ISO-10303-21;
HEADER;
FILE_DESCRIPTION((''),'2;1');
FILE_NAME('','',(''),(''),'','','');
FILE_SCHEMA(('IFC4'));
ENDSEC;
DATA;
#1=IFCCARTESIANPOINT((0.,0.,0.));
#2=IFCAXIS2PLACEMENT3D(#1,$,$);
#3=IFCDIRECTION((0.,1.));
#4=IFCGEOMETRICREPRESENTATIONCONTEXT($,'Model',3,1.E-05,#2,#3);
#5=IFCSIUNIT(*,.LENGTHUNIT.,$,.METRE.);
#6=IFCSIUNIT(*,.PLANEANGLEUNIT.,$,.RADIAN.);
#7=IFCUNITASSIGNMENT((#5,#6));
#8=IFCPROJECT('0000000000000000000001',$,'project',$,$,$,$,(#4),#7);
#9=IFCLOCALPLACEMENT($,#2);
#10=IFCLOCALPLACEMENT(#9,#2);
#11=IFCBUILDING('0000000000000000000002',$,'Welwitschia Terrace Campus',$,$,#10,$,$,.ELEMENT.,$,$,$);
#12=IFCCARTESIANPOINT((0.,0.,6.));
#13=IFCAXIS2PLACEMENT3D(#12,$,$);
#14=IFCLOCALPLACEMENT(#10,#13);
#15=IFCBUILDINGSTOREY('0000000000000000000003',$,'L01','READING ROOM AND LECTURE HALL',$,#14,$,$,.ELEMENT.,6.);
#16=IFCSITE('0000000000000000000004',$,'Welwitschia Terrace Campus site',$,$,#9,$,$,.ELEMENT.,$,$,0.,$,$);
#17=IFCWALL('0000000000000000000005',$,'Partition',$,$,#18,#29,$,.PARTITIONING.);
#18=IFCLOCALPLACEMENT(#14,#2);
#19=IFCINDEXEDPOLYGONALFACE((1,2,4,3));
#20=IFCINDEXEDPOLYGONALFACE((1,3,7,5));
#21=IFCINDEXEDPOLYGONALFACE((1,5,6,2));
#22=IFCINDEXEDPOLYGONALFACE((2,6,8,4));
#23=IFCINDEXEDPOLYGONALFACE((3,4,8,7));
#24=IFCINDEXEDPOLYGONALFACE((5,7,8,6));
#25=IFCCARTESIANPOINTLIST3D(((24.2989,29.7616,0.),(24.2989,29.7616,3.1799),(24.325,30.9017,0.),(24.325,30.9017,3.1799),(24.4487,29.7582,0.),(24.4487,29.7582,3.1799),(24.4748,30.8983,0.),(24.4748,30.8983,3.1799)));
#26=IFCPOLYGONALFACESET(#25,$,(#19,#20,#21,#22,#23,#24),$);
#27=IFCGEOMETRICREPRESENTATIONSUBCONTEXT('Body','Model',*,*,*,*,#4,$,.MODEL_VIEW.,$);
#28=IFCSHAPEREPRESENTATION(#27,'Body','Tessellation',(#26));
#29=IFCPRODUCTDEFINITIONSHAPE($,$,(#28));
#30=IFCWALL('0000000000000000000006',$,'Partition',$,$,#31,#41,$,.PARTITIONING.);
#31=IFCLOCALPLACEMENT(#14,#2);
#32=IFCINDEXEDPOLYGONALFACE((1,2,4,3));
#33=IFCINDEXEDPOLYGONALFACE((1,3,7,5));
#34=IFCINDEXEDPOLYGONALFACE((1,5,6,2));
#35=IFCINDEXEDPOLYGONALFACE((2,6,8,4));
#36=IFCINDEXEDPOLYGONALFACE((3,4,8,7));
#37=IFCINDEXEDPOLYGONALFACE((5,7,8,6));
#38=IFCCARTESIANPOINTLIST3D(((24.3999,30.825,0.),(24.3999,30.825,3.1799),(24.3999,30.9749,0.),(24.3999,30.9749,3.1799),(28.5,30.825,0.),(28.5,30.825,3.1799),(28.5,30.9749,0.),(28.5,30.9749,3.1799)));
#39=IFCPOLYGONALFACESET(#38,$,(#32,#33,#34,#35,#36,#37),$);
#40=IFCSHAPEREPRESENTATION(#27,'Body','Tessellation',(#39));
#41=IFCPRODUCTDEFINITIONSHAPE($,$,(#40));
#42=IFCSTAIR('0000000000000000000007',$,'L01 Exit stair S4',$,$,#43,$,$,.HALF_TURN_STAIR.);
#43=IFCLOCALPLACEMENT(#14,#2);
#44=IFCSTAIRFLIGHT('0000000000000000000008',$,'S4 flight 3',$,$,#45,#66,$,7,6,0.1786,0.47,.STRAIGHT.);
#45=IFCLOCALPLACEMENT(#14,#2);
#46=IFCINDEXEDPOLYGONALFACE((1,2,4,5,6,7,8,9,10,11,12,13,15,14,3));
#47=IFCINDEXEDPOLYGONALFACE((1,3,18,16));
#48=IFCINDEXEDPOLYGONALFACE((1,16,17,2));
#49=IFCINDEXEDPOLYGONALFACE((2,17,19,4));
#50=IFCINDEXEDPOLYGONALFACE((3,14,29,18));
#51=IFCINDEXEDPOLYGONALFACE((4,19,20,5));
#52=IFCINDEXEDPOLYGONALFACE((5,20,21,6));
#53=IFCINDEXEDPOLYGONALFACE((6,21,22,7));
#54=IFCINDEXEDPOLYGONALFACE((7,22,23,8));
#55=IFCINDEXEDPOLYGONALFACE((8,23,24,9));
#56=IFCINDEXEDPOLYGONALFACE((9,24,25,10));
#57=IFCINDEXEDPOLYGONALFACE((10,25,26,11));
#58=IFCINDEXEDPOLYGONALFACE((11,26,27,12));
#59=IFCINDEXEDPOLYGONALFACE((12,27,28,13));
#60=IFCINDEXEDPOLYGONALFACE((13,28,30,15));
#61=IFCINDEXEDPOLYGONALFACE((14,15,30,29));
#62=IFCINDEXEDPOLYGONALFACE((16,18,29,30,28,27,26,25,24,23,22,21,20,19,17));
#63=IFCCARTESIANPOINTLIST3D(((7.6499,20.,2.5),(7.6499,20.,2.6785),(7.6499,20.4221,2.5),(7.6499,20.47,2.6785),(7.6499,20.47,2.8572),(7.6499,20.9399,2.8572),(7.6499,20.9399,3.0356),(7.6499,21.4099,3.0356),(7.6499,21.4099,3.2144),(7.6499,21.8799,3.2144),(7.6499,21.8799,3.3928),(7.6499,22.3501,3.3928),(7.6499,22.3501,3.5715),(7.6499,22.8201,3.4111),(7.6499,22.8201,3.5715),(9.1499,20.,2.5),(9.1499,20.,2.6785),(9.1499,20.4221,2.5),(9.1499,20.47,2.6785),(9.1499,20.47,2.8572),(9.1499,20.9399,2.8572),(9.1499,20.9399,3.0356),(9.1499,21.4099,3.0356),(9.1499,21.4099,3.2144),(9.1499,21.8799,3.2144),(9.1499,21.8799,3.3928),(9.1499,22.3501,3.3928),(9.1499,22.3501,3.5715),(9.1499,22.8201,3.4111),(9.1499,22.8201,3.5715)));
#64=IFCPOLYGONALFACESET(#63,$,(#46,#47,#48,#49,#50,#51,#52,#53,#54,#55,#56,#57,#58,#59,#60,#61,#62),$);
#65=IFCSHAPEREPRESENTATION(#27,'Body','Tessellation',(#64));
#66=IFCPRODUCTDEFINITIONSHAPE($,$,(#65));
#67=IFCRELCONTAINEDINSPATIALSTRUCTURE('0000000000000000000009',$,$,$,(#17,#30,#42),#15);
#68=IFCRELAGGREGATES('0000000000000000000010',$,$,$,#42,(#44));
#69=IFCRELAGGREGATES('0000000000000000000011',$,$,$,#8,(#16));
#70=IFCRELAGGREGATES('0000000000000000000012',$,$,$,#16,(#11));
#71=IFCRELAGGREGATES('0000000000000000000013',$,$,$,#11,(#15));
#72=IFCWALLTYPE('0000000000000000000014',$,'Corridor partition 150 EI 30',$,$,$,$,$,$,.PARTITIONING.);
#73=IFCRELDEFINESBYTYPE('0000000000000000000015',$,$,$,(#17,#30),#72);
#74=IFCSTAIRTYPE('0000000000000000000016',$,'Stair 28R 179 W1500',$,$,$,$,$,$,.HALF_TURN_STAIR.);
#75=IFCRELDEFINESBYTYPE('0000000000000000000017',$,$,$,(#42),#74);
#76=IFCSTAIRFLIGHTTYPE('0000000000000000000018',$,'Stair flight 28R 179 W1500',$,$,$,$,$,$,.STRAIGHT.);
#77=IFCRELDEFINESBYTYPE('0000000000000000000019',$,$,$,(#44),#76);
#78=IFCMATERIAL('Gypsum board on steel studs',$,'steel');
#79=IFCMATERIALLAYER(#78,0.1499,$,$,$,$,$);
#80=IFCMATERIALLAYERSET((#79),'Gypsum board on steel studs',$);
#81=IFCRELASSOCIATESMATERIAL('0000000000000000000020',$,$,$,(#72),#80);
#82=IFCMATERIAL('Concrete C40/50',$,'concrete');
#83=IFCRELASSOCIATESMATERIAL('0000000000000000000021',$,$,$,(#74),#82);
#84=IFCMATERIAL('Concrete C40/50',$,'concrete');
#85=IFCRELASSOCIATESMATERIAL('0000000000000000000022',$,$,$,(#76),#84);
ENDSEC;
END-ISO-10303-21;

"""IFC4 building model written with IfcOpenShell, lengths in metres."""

from ifc_helpers import new_model, si_unit, direction, frame, frame_2d, origin, place, context, subcontext, project, spatial, polyline, rectangle, outline, extrude, material, layer, layer_set, type_object, element, aggregate, save


model = new_model("IFC4")

# Units and contexts
model_context = context("Model", 3, precision=1e-05, world=origin(), true_north=direction((0.0, 1.0)))
body_context = subcontext(model_context, "Body", "Model", "MODEL_VIEW")
ifc_project = project(units=[si_unit("LENGTHUNIT", "METRE"), si_unit("PLANEANGLEUNIT", "RADIAN")], contexts=[model_context])

# Site, building, storey
site_placement = place(None, origin())
site = spatial("IfcSite", under=ifc_project, at=site_placement, Name="Welwitschia Terrace Campus site", CompositionType="ELEMENT", RefElevation=0.0)
building_placement = place(site_placement, origin())
building = spatial("IfcBuilding", under=site, at=building_placement, Name="Welwitschia Terrace Campus", CompositionType="ELEMENT")
storey_placement = place(building_placement, frame((0.0, 0.0, 6.0)))
storey = spatial("IfcBuildingStorey", under=building, at=storey_placement, Name="L01", Description="READING ROOM AND LECTURE HALL", CompositionType="ELEMENT", Elevation=6.0)

# Walls
ifc_material_1 = material(Name="Gypsum board on steel studs", Category="steel")
ifc_layer_1 = layer(ifc_material_1, 0.1499)
ifc_layer_set_1 = layer_set([ifc_layer_1], Name="Gypsum board on steel studs")
wall_type_1 = type_object("IfcWallType", Name="Corridor partition 150 EI 30", PredefinedType="PARTITIONING", material=ifc_layer_set_1)
wall_1_placement = place(storey_placement, frame((24.3738, 29.7598, 0.0), z_axis=(0.0, 0.0, 1.0), x_axis=(0.022906, 0.999738, 0.0)))
element("IfcWall", 1, at=wall_1_placement, inside=storey, type_object=wall_type_1, Name="Partition", PredefinedType="PARTITIONING", context=body_context, shape_type="SweptSolid", body=[
    extrude(rectangle(XDim=1.1404, YDim=0.1499, at=frame_2d((0.5703, 0.0))), origin(), (0.0, 0.0, 1.0), 3.1799),
])
wall_2_placement = place(storey_placement, frame((24.3999, 30.8999, 0.0), z_axis=(0.0, 0.0, 1.0), x_axis=(1.0, 0.0, 0.0)))
element("IfcWall", 2, at=wall_2_placement, inside=storey, type_object=wall_type_1, Name="Partition", PredefinedType="PARTITIONING", context=body_context, shape_type="SweptSolid", body=[
    extrude(rectangle(XDim=4.1001, YDim=0.1499, at=frame_2d((2.05, 0.0))), origin(), (0.0, 0.0, 1.0), 3.1799),
])

# Stair, stair flight
ifc_material_2 = material(Name="Concrete C40/50", Category="concrete")
stair_type = type_object("IfcStairType", Name="Stair 28R 179 W1500", PredefinedType="HALF_TURN_STAIR", material=ifc_material_2)
stair_placement = place(storey_placement, origin())
stair = element("IfcStair", 3, at=stair_placement, inside=storey, type_object=stair_type, Name="L01 Exit stair S4", PredefinedType="HALF_TURN_STAIR")
ifc_material_3 = material(Name="Concrete C40/50", Category="concrete")
stair_flight_type = type_object("IfcStairFlightType", Name="Stair flight 28R 179 W1500", PredefinedType="STRAIGHT", material=ifc_material_3)
stair_flight_placement = place(storey_placement, frame((8.3999, 20.0, 2.5), z_axis=(0.0, 0.0, 1.0), x_axis=(0.0, 1.0, 0.0)))
stair_flight = element("IfcStairFlight", 4, at=stair_flight_placement, type_object=stair_flight_type, Name="S4 flight 3", NumberOfRisers=7, NumberOfTreads=6, PredefinedType="STRAIGHT", RiserHeight=0.1786, TreadLength=0.47, context=body_context, shape_type="SweptSolid", body=[
    extrude(outline(polyline([(0.0, 0.0), (0.0, 0.1785), (0.47, 0.1785), (0.47, 0.3572), (0.9399, 0.3572), (0.9399, 0.5356), (1.4099, 0.5356), (1.4099, 0.7144), (1.8799, 0.7144), (1.8799, 0.8928), (2.3501, 0.8928), (2.3501, 1.0715), (2.8201, 1.0715), (2.8201, 1.25), (2.8201, 0.9111), (0.4221, 0.0), (0.0, 0.0)])), frame((0.0, 0.75, 0.0), z_axis=(0.0, -1.0, 0.0), x_axis=(1.0, 0.0, 0.0)), (0.0, 0.0, 1.0), 1.5),
])
aggregate(stair, [stair_flight])

save(model, "model.ifc")
